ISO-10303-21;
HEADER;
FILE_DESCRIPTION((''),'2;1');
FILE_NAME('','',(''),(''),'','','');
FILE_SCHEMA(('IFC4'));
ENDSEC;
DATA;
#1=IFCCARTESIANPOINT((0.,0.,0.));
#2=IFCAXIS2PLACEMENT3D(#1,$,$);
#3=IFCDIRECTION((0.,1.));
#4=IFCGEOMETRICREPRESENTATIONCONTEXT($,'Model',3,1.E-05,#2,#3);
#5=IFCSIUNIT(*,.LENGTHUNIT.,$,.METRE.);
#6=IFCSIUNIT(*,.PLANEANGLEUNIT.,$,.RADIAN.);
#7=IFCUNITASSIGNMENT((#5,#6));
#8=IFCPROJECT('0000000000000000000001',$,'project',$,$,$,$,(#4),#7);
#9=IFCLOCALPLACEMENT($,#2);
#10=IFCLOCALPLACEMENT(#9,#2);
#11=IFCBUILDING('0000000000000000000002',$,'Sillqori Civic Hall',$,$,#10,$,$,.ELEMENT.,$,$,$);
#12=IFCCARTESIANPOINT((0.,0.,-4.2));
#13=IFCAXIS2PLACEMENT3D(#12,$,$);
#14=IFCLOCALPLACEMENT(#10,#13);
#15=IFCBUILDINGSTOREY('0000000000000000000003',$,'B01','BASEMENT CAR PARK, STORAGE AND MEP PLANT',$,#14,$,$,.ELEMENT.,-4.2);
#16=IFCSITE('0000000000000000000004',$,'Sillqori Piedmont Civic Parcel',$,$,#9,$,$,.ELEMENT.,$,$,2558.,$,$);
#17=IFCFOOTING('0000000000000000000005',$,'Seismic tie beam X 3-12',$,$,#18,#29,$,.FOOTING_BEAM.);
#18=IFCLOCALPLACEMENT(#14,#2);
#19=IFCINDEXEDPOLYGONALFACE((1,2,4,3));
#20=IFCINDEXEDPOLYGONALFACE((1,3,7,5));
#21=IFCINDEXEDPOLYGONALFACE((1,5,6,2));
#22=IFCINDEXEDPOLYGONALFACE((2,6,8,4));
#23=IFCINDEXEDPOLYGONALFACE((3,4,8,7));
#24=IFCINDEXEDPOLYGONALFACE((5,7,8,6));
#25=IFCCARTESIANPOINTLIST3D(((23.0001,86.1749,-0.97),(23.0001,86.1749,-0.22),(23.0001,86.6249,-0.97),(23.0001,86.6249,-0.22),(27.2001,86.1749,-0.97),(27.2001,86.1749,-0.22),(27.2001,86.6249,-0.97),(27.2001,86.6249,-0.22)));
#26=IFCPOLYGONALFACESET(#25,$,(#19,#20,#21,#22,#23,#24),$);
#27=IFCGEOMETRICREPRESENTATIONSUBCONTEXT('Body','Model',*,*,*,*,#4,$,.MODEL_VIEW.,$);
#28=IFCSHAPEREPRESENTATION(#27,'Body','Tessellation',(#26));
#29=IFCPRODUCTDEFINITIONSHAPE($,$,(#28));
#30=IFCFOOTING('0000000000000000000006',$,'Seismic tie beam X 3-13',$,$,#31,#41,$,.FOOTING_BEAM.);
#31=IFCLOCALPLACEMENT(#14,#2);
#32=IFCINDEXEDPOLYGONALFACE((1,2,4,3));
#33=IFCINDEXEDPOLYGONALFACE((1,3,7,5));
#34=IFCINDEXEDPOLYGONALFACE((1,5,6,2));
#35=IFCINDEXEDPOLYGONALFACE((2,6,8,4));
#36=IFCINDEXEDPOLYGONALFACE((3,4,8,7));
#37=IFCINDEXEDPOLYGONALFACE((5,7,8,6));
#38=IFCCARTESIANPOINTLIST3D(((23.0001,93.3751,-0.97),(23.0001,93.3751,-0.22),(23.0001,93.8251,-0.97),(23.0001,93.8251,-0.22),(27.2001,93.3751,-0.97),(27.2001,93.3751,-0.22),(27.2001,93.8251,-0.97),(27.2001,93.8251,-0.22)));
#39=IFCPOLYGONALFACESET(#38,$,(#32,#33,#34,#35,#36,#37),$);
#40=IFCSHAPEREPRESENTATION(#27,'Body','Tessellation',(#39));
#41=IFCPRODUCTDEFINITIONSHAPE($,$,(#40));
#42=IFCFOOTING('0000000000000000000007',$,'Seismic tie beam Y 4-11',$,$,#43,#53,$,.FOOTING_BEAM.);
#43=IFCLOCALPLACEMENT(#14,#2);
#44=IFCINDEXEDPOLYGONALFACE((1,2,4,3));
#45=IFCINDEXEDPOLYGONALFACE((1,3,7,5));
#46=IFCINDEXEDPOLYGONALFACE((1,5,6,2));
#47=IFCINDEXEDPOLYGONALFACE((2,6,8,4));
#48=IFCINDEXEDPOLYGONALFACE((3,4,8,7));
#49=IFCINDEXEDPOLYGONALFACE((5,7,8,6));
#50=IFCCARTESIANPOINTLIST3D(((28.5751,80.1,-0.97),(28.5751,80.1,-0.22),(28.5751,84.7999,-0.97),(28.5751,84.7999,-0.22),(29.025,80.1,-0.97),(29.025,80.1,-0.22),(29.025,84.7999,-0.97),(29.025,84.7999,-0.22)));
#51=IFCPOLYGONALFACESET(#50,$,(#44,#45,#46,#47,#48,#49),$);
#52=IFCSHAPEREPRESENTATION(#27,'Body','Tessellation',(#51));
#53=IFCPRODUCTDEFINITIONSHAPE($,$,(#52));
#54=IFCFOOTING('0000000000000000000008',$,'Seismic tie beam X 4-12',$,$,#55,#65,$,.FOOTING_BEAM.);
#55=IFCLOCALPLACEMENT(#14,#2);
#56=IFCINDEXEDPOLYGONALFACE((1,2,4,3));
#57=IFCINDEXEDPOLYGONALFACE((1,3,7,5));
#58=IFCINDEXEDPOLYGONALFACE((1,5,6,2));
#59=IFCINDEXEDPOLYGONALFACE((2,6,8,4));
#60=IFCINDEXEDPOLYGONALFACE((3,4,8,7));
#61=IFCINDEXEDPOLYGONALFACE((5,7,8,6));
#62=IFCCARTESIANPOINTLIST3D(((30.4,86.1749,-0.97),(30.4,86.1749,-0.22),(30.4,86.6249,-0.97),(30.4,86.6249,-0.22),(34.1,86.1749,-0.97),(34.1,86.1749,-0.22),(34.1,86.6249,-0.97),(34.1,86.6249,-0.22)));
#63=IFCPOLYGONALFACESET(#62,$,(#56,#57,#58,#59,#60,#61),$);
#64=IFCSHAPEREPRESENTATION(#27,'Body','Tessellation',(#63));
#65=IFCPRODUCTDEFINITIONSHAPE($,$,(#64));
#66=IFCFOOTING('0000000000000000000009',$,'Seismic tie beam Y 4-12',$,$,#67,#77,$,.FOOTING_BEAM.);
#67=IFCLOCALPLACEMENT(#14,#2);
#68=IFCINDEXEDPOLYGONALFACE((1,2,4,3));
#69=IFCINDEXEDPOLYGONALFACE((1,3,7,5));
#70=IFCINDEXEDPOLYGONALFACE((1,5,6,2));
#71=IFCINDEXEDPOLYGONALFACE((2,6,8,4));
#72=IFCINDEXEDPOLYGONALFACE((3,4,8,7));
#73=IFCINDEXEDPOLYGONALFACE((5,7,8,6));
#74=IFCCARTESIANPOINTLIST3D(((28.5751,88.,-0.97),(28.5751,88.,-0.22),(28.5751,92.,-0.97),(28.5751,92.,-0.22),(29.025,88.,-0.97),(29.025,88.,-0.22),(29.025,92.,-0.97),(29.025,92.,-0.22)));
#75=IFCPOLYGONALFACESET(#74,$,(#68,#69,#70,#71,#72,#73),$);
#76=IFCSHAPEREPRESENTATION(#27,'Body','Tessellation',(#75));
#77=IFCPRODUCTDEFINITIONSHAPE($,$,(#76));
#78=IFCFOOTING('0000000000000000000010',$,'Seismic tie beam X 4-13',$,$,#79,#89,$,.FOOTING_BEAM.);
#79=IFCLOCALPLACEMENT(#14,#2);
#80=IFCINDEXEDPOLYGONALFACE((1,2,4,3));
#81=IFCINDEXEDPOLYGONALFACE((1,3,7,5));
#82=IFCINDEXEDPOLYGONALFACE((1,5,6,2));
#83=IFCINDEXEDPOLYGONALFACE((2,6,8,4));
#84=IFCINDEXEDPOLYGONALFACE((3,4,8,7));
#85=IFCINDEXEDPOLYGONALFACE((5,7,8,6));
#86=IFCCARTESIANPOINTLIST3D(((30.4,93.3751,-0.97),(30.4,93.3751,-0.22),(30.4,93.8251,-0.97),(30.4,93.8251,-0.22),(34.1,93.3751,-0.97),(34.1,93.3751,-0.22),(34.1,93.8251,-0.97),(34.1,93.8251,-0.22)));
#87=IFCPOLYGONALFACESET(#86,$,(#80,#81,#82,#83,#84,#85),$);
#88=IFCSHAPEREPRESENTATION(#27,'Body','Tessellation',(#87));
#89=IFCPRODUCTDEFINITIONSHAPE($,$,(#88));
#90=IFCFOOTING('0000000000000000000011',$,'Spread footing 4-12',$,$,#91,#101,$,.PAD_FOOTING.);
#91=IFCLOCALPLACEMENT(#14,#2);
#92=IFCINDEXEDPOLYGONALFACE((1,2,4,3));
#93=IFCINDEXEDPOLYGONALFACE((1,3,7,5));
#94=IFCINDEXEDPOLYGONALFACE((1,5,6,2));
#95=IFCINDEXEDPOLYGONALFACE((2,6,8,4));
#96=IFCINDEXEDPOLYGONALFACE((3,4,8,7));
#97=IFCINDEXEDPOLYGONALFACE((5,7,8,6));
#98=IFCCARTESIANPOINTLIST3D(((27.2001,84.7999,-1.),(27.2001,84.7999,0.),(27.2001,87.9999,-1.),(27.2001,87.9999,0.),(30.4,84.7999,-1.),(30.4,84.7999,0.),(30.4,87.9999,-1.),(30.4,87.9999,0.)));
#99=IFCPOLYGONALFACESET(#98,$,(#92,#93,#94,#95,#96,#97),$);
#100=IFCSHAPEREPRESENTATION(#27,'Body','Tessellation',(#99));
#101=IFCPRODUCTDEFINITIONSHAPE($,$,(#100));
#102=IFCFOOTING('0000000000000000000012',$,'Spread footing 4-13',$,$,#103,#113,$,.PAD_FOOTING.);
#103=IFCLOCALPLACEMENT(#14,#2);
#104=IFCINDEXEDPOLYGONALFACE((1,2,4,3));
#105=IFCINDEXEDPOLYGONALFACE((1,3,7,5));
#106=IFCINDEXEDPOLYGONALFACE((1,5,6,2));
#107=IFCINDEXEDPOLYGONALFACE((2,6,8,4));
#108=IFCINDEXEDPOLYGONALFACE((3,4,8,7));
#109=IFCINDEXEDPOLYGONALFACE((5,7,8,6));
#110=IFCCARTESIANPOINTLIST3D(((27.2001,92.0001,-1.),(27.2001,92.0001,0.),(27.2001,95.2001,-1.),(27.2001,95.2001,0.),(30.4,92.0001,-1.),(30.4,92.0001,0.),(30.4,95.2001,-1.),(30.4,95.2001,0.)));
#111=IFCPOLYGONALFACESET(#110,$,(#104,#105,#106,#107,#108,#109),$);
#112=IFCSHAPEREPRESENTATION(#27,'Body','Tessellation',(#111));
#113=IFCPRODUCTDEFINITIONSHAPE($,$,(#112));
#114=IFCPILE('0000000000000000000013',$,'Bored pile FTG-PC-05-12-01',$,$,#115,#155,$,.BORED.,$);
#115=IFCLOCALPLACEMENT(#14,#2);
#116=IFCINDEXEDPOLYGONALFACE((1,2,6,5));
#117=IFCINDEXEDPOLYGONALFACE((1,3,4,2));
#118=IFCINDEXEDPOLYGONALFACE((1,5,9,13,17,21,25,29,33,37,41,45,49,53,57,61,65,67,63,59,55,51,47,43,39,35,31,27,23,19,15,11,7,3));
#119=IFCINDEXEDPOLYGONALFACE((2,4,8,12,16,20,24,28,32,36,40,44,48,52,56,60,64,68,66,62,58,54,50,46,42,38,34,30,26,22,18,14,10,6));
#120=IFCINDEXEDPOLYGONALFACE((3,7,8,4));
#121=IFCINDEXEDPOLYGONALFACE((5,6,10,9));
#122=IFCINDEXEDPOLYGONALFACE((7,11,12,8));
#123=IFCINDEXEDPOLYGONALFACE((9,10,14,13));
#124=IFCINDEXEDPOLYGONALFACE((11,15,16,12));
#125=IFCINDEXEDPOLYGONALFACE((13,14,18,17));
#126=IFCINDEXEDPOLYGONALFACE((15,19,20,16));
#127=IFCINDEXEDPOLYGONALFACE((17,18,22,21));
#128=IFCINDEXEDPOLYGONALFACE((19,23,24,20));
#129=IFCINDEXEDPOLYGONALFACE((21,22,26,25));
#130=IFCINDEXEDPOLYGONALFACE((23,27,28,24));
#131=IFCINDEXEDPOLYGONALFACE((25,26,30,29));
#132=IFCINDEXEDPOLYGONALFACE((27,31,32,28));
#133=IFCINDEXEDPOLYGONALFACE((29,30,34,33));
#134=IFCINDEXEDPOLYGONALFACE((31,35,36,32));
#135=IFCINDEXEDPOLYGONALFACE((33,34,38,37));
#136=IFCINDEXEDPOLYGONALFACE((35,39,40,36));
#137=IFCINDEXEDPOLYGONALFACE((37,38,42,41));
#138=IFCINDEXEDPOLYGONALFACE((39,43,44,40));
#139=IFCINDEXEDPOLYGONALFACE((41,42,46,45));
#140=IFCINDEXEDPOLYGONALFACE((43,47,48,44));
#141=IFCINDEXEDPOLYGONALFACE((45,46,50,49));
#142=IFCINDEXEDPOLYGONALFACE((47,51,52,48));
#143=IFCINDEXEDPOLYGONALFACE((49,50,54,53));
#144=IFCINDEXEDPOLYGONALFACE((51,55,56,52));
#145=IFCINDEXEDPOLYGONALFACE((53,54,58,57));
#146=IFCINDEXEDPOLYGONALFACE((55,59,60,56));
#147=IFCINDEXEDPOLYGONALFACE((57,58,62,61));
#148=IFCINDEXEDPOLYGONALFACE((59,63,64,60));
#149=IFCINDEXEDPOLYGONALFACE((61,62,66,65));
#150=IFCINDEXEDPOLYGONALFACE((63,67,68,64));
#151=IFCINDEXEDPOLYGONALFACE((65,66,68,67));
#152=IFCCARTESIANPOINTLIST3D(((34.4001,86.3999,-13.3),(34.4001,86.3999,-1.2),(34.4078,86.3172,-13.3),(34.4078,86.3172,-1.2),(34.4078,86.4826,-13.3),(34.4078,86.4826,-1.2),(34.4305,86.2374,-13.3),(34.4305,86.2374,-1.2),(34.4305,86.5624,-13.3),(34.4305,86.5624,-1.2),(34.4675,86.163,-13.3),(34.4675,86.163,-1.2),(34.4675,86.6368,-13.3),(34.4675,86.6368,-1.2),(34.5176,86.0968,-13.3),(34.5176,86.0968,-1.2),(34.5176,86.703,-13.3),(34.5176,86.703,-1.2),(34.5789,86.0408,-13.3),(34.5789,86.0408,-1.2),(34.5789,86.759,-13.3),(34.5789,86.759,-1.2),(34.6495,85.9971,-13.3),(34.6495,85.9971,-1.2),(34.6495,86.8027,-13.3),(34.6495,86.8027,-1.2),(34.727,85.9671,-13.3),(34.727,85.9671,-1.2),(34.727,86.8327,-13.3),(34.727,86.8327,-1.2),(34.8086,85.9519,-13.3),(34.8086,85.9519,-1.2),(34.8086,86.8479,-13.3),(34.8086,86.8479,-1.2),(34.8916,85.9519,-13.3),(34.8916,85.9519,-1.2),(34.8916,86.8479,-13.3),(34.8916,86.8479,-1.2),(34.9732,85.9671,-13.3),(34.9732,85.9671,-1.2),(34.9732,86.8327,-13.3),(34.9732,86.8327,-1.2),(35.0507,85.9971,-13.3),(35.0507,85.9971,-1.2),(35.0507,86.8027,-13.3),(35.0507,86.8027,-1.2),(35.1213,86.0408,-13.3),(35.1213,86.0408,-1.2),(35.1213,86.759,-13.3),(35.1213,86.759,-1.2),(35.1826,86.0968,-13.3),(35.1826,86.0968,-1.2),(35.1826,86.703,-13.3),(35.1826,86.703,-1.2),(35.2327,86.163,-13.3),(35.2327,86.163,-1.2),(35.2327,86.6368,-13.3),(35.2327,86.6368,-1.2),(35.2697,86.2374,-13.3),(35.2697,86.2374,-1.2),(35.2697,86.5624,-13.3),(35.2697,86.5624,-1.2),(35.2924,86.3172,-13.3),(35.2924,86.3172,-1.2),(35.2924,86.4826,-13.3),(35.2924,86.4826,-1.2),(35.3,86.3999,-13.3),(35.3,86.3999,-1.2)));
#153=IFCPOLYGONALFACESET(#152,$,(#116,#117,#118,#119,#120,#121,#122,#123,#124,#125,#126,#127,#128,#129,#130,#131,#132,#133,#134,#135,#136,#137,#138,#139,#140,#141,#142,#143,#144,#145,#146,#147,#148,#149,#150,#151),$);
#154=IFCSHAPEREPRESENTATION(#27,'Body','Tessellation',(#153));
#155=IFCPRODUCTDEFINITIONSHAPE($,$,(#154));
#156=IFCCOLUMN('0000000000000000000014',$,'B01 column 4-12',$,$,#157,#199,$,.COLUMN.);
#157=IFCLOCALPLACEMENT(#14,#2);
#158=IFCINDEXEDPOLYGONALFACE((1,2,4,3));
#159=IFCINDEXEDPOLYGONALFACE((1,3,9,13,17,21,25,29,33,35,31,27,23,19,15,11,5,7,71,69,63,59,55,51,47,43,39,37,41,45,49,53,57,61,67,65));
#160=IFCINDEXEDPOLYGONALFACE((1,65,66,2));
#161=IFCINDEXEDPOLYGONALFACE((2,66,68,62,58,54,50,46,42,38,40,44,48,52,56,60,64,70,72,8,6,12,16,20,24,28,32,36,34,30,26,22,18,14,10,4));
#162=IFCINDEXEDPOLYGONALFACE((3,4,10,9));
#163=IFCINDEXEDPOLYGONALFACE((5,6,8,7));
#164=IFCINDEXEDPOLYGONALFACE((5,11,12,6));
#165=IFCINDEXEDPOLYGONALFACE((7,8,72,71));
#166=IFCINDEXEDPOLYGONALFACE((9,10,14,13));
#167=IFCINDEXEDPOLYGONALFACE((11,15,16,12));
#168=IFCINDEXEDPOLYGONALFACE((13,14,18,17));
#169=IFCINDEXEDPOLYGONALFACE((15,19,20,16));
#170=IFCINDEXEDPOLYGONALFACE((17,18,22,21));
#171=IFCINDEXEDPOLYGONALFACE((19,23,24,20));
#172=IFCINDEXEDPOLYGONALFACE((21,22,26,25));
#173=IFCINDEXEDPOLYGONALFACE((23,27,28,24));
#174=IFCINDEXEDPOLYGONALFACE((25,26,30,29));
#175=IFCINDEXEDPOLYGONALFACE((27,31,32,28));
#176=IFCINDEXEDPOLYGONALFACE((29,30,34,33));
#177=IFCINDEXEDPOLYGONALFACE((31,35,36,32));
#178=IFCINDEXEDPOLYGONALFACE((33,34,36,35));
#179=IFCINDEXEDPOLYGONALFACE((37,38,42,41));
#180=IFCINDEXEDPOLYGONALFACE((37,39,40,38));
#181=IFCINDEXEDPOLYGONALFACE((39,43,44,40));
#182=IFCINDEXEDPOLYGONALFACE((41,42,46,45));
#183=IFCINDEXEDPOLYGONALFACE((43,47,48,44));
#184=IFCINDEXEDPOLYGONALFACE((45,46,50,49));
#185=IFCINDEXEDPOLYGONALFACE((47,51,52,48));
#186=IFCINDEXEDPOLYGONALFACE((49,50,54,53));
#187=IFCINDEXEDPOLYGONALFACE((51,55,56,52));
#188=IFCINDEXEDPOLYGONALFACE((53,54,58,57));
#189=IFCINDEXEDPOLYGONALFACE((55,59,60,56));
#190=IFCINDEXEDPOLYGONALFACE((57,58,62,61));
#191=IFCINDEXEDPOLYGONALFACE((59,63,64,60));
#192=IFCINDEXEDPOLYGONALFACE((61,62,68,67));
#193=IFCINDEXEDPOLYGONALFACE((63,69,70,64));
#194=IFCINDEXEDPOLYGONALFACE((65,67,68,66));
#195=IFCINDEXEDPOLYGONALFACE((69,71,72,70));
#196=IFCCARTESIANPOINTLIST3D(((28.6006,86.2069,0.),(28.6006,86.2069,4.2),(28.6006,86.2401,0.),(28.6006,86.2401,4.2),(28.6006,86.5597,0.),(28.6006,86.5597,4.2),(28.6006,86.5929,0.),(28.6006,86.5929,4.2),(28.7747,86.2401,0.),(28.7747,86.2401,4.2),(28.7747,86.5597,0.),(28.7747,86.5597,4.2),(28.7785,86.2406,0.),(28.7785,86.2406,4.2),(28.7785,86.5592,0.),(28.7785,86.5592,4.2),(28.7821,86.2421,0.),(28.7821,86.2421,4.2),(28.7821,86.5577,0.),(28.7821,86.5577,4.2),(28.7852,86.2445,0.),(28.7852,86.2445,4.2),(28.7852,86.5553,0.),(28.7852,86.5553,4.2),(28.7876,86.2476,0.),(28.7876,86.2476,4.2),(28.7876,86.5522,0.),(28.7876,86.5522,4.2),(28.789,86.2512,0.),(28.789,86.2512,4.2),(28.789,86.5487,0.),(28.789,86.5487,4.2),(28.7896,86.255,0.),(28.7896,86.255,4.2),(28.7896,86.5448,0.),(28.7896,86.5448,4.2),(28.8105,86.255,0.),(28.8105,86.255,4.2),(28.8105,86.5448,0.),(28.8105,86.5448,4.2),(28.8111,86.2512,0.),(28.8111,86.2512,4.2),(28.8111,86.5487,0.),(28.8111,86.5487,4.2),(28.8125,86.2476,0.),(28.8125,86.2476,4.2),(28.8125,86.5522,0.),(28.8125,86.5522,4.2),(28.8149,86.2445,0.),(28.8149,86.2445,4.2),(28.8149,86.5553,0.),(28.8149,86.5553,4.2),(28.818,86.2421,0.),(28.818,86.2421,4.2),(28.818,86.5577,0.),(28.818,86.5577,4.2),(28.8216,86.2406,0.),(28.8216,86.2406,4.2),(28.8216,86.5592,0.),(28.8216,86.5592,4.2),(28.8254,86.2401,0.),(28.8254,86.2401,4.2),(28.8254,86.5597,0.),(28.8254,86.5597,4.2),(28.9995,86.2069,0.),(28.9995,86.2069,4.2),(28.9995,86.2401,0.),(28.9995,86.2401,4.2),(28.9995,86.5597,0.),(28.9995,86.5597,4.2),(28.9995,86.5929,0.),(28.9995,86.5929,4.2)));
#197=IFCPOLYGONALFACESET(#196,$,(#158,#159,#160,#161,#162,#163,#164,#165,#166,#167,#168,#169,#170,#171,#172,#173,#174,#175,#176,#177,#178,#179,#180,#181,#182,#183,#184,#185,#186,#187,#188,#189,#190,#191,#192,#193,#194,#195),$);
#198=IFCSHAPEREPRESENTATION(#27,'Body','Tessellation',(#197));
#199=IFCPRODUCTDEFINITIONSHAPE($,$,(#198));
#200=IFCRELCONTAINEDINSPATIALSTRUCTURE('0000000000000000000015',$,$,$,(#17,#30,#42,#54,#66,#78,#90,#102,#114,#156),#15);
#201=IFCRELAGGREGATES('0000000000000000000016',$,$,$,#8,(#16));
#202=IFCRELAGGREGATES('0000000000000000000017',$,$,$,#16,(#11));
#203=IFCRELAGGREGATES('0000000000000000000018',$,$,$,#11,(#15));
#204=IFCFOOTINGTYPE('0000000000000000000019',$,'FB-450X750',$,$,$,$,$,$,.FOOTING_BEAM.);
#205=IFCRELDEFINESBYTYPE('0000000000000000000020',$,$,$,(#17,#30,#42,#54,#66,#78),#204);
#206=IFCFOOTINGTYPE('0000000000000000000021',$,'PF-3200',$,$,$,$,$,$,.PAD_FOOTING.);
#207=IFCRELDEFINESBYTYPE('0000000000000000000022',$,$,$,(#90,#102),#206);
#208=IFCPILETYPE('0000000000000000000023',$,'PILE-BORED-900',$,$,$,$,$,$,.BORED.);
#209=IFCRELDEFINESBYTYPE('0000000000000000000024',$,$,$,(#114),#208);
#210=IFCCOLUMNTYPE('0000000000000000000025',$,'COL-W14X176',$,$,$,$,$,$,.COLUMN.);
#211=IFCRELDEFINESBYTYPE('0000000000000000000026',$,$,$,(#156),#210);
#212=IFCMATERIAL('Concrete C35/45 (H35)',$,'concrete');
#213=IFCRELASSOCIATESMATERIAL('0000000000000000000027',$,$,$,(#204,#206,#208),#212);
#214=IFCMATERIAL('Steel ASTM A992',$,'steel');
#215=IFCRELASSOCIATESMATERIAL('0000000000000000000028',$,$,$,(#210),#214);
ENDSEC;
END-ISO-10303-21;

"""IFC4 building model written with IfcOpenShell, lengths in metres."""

from ifc_helpers import new_model, si_unit, direction, frame, origin, origin_2d, place, context, subcontext, project, spatial, rectangle, circle, i_section, extrude, material, material_profile, profile_set, type_object, element, save


model = new_model("IFC4")

# Units and contexts
model_context = context("Model", 3, precision=1e-05, world=origin(), true_north=direction((0.0, 1.0)))
body_context = subcontext(model_context, "Body", "Model", "MODEL_VIEW")
ifc_project = project(units=[si_unit("LENGTHUNIT", "METRE"), si_unit("PLANEANGLEUNIT", "RADIAN")], contexts=[model_context])

# Site, building, storey
site_placement = place(None, origin())
site = spatial("IfcSite", under=ifc_project, at=site_placement, Name="Sillqori Piedmont Civic Parcel", CompositionType="ELEMENT", RefElevation=2558.0)
building_placement = place(site_placement, origin())
building = spatial("IfcBuilding", under=site, at=building_placement, Name="Sillqori Civic Hall", CompositionType="ELEMENT")
storey_placement = place(building_placement, frame((0.0, 0.0, -4.2)))
storey = spatial("IfcBuildingStorey", under=building, at=storey_placement, Name="B01", Description="BASEMENT CAR PARK, STORAGE AND MEP PLANT", CompositionType="ELEMENT", Elevation=-4.2)

# Footings
ifc_material_1 = material(Name="Concrete C35/45 (H35)", Category="concrete")
footing_type_1 = type_object("IfcFootingType", Name="FB-450X750", PredefinedType="FOOTING_BEAM", material=ifc_material_1)
for number, where, z_axis, x_axis, name in (
    (1, (25.1001, 86.3999, -0.97), (0.0, 0.0, 1.0), (1.0, 0.0, 0.0), "Seismic tie beam X 3-12"),
    (2, (25.1001, 93.6001, -0.97), (0.0, 0.0, 1.0), (1.0, 0.0, 0.0), "Seismic tie beam X 3-13"),
):
    element("IfcFooting", number, at=place(storey_placement, frame(where, z_axis=z_axis, x_axis=x_axis)), inside=storey, type_object=footing_type_1, Name=name, PredefinedType="FOOTING_BEAM", context=body_context, shape_type="SweptSolid", body=[
        extrude(rectangle(XDim=4.2, YDim=0.45, at=origin_2d()), origin(), (0.0, 0.0, 1.0), 0.75),
    ])
footing_1_placement = place(storey_placement, frame((28.8, 82.45, -0.97), z_axis=(0.0, 0.0, 1.0), x_axis=(1.0, 0.0, 0.0)))
element("IfcFooting", 3, at=footing_1_placement, inside=storey, type_object=footing_type_1, Name="Seismic tie beam Y 4-11", PredefinedType="FOOTING_BEAM", context=body_context, shape_type="SweptSolid", body=[
    extrude(rectangle(XDim=0.45, YDim=4.7, at=origin_2d()), origin(), (0.0, 0.0, 1.0), 0.75),
])
footing_2_placement = place(storey_placement, frame((32.25, 86.3999, -0.97), z_axis=(0.0, 0.0, 1.0), x_axis=(1.0, 0.0, 0.0)))
element("IfcFooting", 4, at=footing_2_placement, inside=storey, type_object=footing_type_1, Name="Seismic tie beam X 4-12", PredefinedType="FOOTING_BEAM", context=body_context, shape_type="SweptSolid", body=[
    extrude(rectangle(XDim=3.7, YDim=0.45, at=origin_2d()), origin(), (0.0, 0.0, 1.0), 0.75),
])
footing_3_placement = place(storey_placement, frame((28.8, 90.0, -0.97), z_axis=(0.0, 0.0, 1.0), x_axis=(1.0, 0.0, 0.0)))
element("IfcFooting", 5, at=footing_3_placement, inside=storey, type_object=footing_type_1, Name="Seismic tie beam Y 4-12", PredefinedType="FOOTING_BEAM", context=body_context, shape_type="SweptSolid", body=[
    extrude(rectangle(XDim=0.45, YDim=4.0, at=origin_2d()), origin(), (0.0, 0.0, 1.0), 0.75),
])
footing_4_placement = place(storey_placement, frame((32.25, 93.6001, -0.97), z_axis=(0.0, 0.0, 1.0), x_axis=(1.0, 0.0, 0.0)))
element("IfcFooting", 6, at=footing_4_placement, inside=storey, type_object=footing_type_1, Name="Seismic tie beam X 4-13", PredefinedType="FOOTING_BEAM", context=body_context, shape_type="SweptSolid", body=[
    extrude(rectangle(XDim=3.7, YDim=0.45, at=origin_2d()), origin(), (0.0, 0.0, 1.0), 0.75),
])
footing_type_2 = type_object("IfcFootingType", Name="PF-3200", PredefinedType="PAD_FOOTING", material=ifc_material_1)
for number, where, z_axis, x_axis, name in (
    (7, (28.8, 86.3999, -1.0), (0.0, 0.0, 1.0), (1.0, 0.0, 0.0), "Spread footing 4-12"),
    (8, (28.8, 93.6001, -1.0), (0.0, 0.0, 1.0), (1.0, 0.0, 0.0), "Spread footing 4-13"),
):
    element("IfcFooting", number, at=place(storey_placement, frame(where, z_axis=z_axis, x_axis=x_axis)), inside=storey, type_object=footing_type_2, Name=name, PredefinedType="PAD_FOOTING", context=body_context, shape_type="SweptSolid", body=[
        extrude(rectangle(XDim=3.2, YDim=3.2, at=origin_2d()), origin(), (0.0, 0.0, 1.0), 1.0),
    ])

# Pile
ifc_material_profile_1 = material_profile(ifc_material_1, circle(Radius=0.45, at=origin_2d()), Name="BORED PILE 900")
ifc_profile_set_1 = profile_set([ifc_material_profile_1], Name="Concrete C35/45 (H35)")
pile_type = type_object("IfcPileType", Name="PILE-BORED-900", PredefinedType="BORED", material=ifc_profile_set_1)
pile_placement = place(storey_placement, frame((34.8501, 86.3999, -1.2), z_axis=(0.0, 0.0, -1.0), x_axis=(1.0, 0.0, 0.0)))
element("IfcPile", 9, at=pile_placement, inside=storey, type_object=pile_type, Name="Bored pile FTG-PC-05-12-01", PredefinedType="BORED", context=body_context, shape_type="SweptSolid", body=[
    extrude(circle(Radius=0.45, at=origin_2d()), origin(), (0.0, 0.0, 1.0), 12.1001),
])

# Column
ifc_material_2 = material(Name="Steel ASTM A992", Category="steel")
ifc_material_profile_2 = material_profile(ifc_material_2, i_section(OverallWidth=0.3989, OverallDepth=0.386, WebThickness=0.021, FlangeThickness=0.0332, FilletRadius=0.0149, at=origin_2d()), Name="W14X176")
ifc_profile_set_2 = profile_set([ifc_material_profile_2], Name="Steel ASTM A992")
column_type = type_object("IfcColumnType", Name="COL-W14X176", PredefinedType="COLUMN", material=ifc_profile_set_2)
for number, where, z_axis, x_axis, name in (
    (10, (28.8, 86.3999, 0.0), (0.0, 0.0, 1.0), (1.0, 0.0, 0.0), "B01 column 4-12"),
):
    element("IfcColumn", number, at=place(storey_placement, frame(where, z_axis=z_axis, x_axis=x_axis)), inside=storey, type_object=column_type, Name=name, PredefinedType="COLUMN", context=body_context, shape_type="SweptSolid", body=[
        extrude(i_section(OverallWidth=0.3989, OverallDepth=0.386, WebThickness=0.021, FlangeThickness=0.0332, FilletRadius=0.0149, at=origin_2d()), origin(), (0.0, 0.0, 1.0), 4.2),
    ])

save(model, "model.ifc")
